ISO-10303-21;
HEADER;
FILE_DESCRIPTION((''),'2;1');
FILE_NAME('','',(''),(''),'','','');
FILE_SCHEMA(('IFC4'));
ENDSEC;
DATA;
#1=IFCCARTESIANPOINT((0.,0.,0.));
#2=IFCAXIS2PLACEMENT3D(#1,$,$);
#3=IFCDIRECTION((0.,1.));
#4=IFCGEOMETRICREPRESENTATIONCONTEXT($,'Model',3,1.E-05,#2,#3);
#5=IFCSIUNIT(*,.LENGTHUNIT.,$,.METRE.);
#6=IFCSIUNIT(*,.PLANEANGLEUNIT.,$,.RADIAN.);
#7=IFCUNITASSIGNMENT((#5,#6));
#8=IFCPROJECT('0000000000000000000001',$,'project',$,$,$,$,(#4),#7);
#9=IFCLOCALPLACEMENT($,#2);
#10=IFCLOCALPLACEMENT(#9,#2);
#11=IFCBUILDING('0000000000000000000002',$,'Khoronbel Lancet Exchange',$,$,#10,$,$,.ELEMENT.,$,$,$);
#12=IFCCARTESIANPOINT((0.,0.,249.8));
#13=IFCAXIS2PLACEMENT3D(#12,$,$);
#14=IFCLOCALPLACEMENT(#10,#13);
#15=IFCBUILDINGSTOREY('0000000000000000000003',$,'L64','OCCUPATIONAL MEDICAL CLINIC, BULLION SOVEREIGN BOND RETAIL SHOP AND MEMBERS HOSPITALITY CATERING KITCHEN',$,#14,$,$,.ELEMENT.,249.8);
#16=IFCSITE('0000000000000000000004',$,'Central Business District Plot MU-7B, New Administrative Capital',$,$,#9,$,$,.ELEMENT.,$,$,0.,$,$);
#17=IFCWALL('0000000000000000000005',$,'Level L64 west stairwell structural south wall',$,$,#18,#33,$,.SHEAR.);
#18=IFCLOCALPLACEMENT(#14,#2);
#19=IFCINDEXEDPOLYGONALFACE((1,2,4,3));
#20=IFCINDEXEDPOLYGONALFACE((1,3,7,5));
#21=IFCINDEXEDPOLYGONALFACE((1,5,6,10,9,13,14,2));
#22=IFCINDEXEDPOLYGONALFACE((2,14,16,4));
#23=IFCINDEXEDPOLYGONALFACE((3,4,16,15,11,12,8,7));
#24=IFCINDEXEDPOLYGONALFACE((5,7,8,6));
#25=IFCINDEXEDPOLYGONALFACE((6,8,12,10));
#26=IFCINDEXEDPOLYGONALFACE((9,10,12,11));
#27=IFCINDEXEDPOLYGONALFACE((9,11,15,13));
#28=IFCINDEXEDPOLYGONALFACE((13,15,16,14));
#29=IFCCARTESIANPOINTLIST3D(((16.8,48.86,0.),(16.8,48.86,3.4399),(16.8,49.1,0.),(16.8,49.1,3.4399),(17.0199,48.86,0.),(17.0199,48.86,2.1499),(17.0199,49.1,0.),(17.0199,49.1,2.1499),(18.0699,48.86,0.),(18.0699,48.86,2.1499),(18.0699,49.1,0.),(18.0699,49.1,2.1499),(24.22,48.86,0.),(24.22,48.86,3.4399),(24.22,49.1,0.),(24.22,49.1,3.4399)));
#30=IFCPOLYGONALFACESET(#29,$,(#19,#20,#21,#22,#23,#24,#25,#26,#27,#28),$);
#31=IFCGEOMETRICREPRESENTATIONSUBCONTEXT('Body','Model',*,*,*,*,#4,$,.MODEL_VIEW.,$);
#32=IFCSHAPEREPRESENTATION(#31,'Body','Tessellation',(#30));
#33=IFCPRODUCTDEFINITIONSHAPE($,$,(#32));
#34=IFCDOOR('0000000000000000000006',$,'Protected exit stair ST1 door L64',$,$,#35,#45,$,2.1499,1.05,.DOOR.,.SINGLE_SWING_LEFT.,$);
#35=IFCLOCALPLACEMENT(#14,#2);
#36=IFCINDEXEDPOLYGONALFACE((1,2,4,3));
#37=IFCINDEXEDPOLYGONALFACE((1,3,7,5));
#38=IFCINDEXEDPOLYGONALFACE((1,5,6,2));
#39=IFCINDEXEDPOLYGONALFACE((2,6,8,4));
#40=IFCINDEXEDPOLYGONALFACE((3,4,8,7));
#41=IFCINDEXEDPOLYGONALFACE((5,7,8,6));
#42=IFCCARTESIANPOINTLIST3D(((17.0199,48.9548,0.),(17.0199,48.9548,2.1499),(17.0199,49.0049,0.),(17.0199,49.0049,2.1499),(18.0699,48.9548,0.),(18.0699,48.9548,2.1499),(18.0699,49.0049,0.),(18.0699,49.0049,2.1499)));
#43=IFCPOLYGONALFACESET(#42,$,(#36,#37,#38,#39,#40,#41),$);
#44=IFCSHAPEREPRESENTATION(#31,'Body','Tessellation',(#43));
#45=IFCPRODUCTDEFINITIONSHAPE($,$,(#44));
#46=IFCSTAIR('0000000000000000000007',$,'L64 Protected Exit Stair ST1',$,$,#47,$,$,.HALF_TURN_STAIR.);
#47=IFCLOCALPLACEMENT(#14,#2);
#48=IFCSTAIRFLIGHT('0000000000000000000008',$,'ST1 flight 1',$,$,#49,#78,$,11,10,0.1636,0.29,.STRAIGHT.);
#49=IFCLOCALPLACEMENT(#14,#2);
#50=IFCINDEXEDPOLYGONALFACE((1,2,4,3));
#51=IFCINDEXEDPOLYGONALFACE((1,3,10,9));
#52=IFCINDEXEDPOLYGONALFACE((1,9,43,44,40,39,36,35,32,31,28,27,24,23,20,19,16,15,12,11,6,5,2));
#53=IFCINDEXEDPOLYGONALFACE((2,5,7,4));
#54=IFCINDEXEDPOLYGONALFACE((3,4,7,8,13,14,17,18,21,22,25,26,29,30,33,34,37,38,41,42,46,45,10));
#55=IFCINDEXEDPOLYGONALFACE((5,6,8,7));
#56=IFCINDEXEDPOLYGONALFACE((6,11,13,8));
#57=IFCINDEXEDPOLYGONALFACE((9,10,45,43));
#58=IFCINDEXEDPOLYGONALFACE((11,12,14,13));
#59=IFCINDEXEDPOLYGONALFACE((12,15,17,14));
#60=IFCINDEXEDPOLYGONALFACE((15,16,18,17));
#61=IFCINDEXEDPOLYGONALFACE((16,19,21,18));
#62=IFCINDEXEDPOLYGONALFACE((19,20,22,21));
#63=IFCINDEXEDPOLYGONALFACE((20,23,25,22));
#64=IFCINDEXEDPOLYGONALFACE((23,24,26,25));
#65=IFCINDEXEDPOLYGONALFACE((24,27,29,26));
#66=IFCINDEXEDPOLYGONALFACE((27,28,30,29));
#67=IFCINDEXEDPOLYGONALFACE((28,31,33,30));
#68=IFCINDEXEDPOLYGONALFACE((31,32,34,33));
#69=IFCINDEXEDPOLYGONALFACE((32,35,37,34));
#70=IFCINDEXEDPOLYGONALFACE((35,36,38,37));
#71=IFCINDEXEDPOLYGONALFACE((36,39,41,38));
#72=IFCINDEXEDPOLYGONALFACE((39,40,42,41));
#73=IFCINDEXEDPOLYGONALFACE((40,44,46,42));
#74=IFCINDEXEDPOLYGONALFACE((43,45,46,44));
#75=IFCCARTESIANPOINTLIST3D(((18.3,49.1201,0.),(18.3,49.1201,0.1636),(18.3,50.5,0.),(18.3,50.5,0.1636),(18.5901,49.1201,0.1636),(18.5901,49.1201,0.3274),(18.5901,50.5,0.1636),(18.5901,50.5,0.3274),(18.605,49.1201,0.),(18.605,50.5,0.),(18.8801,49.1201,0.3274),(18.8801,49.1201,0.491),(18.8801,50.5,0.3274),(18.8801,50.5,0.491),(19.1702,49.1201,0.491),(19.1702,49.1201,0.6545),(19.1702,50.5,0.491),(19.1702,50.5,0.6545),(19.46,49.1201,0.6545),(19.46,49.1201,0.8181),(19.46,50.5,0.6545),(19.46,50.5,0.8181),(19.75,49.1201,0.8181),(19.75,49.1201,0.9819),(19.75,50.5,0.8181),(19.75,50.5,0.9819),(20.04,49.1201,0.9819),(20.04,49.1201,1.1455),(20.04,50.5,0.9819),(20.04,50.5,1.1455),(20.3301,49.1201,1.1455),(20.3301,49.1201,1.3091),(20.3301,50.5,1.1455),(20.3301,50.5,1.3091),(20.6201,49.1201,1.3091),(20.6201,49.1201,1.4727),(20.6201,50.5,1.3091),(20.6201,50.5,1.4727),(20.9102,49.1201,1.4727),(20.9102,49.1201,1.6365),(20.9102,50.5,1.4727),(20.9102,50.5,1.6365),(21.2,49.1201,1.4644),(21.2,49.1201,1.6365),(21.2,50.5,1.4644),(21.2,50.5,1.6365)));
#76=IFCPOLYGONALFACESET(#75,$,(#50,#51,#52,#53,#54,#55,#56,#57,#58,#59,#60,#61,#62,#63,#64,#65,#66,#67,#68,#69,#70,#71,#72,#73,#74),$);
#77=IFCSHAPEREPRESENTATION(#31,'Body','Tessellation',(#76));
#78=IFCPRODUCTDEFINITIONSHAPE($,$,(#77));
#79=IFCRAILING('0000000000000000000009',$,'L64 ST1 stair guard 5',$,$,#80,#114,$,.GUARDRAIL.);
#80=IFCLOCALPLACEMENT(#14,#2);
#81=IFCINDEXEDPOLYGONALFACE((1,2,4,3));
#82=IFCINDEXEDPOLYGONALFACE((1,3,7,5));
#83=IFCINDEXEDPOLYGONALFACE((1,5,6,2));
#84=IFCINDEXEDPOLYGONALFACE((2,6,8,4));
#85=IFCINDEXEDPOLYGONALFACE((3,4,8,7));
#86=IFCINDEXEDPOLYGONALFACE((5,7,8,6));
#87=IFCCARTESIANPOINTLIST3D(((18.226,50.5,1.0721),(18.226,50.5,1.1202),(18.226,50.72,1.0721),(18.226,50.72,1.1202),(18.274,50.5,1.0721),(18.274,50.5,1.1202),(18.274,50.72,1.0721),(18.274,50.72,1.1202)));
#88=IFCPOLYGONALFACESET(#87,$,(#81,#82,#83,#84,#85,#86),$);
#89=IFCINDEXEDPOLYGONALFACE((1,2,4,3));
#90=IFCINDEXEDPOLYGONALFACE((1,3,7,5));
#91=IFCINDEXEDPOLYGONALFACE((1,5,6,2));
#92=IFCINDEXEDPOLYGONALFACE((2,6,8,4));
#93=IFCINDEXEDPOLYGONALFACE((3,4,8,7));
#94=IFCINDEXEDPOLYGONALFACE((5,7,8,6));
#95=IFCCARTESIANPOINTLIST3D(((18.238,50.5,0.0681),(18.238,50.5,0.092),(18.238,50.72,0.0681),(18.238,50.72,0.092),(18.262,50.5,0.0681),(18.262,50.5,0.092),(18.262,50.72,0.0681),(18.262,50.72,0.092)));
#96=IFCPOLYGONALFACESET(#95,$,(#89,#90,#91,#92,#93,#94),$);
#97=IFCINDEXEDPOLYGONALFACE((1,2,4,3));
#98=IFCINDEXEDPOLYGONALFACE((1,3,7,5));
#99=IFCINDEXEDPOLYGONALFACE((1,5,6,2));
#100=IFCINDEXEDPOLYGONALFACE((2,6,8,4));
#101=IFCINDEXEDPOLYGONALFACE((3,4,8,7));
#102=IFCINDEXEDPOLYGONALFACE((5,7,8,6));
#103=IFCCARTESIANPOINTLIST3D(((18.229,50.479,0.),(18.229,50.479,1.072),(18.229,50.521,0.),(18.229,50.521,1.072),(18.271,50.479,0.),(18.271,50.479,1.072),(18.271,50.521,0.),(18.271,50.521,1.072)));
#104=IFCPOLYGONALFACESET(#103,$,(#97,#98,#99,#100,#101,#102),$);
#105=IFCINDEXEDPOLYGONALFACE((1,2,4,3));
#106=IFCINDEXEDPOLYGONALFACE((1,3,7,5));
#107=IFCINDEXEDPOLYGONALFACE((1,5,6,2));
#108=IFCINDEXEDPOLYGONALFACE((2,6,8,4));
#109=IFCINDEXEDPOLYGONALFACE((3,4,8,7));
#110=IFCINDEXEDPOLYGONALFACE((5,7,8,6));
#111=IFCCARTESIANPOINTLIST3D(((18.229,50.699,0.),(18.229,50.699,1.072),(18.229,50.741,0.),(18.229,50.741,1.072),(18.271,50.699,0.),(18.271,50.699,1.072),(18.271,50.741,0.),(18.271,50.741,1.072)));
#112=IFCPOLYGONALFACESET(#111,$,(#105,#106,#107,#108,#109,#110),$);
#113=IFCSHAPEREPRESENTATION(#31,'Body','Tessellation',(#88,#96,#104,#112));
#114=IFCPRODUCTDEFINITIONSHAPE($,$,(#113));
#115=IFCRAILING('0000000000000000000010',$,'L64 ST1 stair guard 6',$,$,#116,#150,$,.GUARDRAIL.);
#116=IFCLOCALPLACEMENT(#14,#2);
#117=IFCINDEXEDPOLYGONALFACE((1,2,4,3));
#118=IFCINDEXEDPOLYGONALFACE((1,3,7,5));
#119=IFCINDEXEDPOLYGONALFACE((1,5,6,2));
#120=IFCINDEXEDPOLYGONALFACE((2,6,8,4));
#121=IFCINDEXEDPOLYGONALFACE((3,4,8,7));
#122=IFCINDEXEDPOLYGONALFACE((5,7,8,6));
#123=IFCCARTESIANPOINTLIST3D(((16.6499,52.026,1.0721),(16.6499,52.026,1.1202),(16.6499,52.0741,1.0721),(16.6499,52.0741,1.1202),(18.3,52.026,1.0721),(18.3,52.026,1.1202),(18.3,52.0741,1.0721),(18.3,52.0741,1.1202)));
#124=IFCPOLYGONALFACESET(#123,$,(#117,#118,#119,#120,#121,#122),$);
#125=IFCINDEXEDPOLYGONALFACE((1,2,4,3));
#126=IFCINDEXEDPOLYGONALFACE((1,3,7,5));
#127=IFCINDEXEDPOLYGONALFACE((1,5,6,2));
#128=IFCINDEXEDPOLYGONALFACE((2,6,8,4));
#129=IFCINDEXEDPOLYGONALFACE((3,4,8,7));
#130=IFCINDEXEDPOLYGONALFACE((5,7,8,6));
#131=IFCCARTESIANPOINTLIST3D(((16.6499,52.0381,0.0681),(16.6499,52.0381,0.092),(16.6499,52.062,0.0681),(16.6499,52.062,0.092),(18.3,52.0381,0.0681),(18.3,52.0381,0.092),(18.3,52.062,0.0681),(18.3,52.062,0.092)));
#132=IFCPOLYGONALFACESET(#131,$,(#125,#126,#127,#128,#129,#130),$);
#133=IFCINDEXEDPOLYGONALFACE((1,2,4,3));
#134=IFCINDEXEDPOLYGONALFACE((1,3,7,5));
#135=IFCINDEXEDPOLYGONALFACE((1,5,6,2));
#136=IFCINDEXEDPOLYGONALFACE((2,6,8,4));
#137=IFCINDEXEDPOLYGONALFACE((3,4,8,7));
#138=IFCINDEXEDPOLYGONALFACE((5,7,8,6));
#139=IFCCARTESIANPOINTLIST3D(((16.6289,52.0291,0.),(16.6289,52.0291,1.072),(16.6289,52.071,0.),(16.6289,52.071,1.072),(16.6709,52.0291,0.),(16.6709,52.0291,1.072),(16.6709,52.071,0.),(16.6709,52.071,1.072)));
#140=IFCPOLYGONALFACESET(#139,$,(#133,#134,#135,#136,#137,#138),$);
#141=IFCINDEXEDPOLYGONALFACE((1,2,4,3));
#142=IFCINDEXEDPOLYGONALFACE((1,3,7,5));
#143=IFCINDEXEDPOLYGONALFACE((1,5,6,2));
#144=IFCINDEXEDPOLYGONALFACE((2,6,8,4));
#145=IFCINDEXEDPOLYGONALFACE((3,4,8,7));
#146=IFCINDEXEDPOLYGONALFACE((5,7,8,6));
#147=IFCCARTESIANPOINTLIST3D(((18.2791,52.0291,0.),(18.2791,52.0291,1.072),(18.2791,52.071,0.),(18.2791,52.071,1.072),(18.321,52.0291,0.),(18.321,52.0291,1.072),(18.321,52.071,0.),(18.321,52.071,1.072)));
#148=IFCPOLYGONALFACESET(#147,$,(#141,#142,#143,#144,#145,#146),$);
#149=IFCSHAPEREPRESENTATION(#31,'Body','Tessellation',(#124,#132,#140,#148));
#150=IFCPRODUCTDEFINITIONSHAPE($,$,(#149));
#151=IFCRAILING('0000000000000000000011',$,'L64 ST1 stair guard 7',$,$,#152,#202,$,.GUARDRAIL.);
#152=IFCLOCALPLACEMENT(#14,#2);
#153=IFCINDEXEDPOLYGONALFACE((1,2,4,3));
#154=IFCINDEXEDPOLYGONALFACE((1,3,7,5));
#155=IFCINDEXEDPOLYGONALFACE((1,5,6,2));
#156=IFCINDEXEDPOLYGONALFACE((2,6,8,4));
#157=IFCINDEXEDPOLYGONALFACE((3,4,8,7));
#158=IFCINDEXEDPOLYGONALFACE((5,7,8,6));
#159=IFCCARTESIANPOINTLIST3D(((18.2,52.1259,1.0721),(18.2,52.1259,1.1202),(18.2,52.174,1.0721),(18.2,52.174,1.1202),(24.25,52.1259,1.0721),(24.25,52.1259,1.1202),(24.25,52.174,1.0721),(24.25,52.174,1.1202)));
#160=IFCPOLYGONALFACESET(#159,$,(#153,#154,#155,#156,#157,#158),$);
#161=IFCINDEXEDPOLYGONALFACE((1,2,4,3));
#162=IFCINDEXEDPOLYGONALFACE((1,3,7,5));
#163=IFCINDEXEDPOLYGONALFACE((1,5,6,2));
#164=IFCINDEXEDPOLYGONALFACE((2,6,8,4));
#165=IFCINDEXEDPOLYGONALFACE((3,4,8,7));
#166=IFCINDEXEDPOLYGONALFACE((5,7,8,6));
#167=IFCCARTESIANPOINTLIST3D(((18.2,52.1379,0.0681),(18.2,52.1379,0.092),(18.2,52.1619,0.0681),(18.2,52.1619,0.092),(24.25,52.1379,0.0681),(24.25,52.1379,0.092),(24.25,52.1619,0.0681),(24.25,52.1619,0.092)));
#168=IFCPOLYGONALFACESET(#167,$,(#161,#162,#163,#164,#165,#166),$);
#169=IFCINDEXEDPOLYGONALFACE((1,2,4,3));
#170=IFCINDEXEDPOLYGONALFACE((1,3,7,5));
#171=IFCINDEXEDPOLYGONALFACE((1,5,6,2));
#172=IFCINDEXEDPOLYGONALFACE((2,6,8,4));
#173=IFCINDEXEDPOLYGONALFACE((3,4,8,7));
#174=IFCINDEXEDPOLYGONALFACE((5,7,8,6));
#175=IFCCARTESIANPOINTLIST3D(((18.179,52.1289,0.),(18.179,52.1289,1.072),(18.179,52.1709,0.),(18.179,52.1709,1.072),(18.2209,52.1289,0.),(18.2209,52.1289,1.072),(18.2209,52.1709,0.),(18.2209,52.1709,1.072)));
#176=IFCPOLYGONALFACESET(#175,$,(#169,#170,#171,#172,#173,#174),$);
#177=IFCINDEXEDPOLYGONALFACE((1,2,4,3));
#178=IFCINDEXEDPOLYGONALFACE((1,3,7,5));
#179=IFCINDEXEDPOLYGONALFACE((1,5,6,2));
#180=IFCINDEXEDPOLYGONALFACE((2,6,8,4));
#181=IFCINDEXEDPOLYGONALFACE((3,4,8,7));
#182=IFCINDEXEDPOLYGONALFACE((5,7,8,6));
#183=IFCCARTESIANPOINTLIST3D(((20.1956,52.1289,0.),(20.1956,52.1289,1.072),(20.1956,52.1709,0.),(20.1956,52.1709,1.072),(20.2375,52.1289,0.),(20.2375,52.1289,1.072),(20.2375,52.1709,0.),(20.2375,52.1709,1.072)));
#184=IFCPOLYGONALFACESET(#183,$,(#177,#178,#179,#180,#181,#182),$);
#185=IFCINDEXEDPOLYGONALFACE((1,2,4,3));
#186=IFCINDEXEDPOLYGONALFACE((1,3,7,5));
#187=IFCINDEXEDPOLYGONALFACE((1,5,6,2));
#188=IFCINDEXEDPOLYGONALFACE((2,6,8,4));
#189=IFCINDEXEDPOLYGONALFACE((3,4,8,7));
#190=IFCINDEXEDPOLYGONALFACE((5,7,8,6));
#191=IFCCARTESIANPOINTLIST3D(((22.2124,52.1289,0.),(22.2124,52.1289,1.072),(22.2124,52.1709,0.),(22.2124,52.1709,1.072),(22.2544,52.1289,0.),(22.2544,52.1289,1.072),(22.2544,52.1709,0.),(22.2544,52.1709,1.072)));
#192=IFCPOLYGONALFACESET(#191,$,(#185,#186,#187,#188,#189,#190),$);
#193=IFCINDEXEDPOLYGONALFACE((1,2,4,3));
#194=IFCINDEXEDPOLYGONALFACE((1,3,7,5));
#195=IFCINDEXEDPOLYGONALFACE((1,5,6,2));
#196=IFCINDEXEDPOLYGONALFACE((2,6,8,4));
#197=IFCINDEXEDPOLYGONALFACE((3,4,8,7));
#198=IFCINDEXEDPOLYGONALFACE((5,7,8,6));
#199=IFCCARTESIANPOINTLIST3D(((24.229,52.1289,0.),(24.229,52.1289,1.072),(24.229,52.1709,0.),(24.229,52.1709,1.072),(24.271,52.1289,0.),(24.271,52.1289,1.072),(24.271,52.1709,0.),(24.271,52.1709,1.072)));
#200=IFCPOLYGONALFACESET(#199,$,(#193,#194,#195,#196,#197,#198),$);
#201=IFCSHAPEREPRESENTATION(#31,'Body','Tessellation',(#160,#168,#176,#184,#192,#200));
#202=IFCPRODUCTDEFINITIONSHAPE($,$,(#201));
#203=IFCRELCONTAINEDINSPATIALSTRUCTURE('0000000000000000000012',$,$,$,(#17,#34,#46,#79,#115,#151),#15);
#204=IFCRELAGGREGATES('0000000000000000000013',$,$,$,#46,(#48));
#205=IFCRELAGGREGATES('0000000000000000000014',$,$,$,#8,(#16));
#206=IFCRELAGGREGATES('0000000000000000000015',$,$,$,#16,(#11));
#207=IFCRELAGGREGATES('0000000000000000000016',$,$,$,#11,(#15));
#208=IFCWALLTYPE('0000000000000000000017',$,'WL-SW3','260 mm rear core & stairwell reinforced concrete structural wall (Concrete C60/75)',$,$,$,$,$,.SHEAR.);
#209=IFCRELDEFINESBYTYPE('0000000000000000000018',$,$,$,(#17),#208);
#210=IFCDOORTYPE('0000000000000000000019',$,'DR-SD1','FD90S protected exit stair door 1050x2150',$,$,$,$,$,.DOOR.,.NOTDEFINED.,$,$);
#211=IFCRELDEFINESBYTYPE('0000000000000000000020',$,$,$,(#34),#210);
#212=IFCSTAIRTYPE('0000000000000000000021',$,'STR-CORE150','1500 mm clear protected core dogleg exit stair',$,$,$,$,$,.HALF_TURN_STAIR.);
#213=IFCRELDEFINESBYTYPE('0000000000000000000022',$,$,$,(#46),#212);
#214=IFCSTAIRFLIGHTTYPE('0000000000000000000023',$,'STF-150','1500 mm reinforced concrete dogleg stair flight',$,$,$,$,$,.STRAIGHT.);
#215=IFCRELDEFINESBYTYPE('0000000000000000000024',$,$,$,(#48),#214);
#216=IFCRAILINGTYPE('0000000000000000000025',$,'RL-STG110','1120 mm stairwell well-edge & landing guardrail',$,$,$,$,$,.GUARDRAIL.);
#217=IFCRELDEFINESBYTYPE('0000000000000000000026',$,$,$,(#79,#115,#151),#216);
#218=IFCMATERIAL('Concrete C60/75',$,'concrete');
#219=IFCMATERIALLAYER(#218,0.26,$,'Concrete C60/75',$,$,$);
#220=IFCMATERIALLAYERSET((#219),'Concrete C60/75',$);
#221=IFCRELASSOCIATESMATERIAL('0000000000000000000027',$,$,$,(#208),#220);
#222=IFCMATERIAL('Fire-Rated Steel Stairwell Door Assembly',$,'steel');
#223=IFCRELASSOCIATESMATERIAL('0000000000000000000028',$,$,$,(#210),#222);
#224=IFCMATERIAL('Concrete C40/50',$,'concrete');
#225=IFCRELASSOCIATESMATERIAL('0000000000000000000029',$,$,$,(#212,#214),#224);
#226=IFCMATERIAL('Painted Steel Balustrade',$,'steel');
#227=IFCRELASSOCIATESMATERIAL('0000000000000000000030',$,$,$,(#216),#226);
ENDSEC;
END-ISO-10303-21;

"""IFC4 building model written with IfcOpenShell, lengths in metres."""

from ifc_helpers import new_model, si_unit, direction, frame, frame_2d, origin, origin_2d, place, context, subcontext, project, spatial, polyline, rectangle, outline, extrude, material, layer, layer_set, type_object, element, fill, aggregate, save


model = new_model("IFC4")

# Units and contexts
model_context = context("Model", 3, precision=1e-05, world=origin(), true_north=direction((0.0, 1.0)))
body_context = subcontext(model_context, "Body", "Model", "MODEL_VIEW")
ifc_project = project(units=[si_unit("LENGTHUNIT", "METRE"), si_unit("PLANEANGLEUNIT", "RADIAN")], contexts=[model_context])

# Site, building, storey
site_placement = place(None, origin())
site = spatial("IfcSite", under=ifc_project, at=site_placement, Name="Central Business District Plot MU-7B, New Administrative Capital", CompositionType="ELEMENT", RefElevation=0.0)
building_placement = place(site_placement, origin())
building = spatial("IfcBuilding", under=site, at=building_placement, Name="Khoronbel Lancet Exchange", CompositionType="ELEMENT")
storey_placement = place(building_placement, frame((0.0, 0.0, 249.8)))
storey = spatial("IfcBuildingStorey", under=building, at=storey_placement, Name="L64", Description="OCCUPATIONAL MEDICAL CLINIC, BULLION SOVEREIGN BOND RETAIL SHOP AND MEMBERS HOSPITALITY CATERING KITCHEN", CompositionType="ELEMENT", Elevation=249.8)

# Shared definitions
ifc_material_1 = material(Name="Concrete C60/75", Category="concrete")

# Wall, opening, door
ifc_layer_1 = layer(ifc_material_1, 0.26, Name="Concrete C60/75")
ifc_layer_set_1 = layer_set([ifc_layer_1], Name="Concrete C60/75")
wall_type_1 = type_object("IfcWallType", Name="WL-SW3", Description="260 mm rear core & stairwell reinforced concrete structural wall (Concrete C60/75)", PredefinedType="SHEAR", material=ifc_layer_set_1)
wall_1_placement = place(storey_placement, frame((16.8, 48.98, 0.0), z_axis=(0.0, 0.0, 1.0), x_axis=(1.0, 0.0, 0.0)))
wall_1 = element("IfcWall", 1, at=wall_1_placement, inside=storey, type_object=wall_type_1, Name="Level L64 west stairwell structural south wall", PredefinedType="SHEAR", context=body_context, shape_type="SweptSolid", body=[
    extrude(rectangle(XDim=7.4199, YDim=0.24, at=frame_2d((3.71, 0.0))), origin(), (0.0, 0.0, 1.0), 3.4399),
])
opening_placement = place(wall_1_placement, frame((0.22, 0.0, 0.0)))
opening = element("IfcOpeningElement", 2, at=opening_placement, cuts=wall_1, PredefinedType="OPENING", context=body_context, shape_type="SweptSolid", body=[
    extrude(rectangle(XDim=1.05, YDim=2.1499, at=frame_2d((0.5249, 1.075))), frame((0.0, 0.1299, 0.0), z_axis=(0.0, -1.0, 0.0), x_axis=(1.0, 0.0, 0.0)), (0.0, 0.0, 1.0), 0.26),
])
ifc_material_2 = material(Name="Fire-Rated Steel Stairwell Door Assembly", Category="steel")
door_type = type_object("IfcDoorType", Name="DR-SD1", Description="FD90S protected exit stair door 1050x2150", OperationType="NOTDEFINED", PredefinedType="DOOR", material=ifc_material_2)
door_placement = place(opening_placement, origin())
door = element("IfcDoor", 3, at=door_placement, inside=storey, type_object=door_type, Name="Protected exit stair ST1 door L64", OperationType="SINGLE_SWING_LEFT", OverallHeight=2.1499, OverallWidth=1.05, PredefinedType="DOOR", context=body_context, shape_type="SweptSolid", body=[
    extrude(rectangle(XDim=1.05, YDim=2.1499, at=frame_2d((0.5249, 1.075))), frame((0.0, 0.0249, 0.0), z_axis=(0.0, -1.0, 0.0), x_axis=(1.0, 0.0, 0.0)), (0.0, 0.0, 1.0), 0.05),
])
fill(opening, door)

# Stair, stair flight
ifc_material_3 = material(Name="Concrete C40/50", Category="concrete")
stair_type = type_object("IfcStairType", Name="STR-CORE150", Description="1500 mm clear protected core dogleg exit stair", PredefinedType="HALF_TURN_STAIR", material=ifc_material_3)
stair_placement = place(storey_placement, origin())
stair = element("IfcStair", 4, at=stair_placement, inside=storey, type_object=stair_type, Name="L64 Protected Exit Stair ST1", PredefinedType="HALF_TURN_STAIR")
stair_flight_type = type_object("IfcStairFlightType", Name="STF-150", Description="1500 mm reinforced concrete dogleg stair flight", PredefinedType="STRAIGHT", material=ifc_material_3)
stair_flight_placement = place(storey_placement, frame((18.3, 49.8101, 0.0), z_axis=(0.0, 0.0, 1.0), x_axis=(1.0, 0.0, 0.0)))
stair_flight = element("IfcStairFlight", 5, at=stair_flight_placement, type_object=stair_flight_type, Name="ST1 flight 1", NumberOfRisers=11, NumberOfTreads=10, PredefinedType="STRAIGHT", RiserHeight=0.1636, TreadLength=0.29, context=body_context, shape_type="SweptSolid", body=[
    extrude(outline(polyline([(0.0, 0.0), (0.0, 0.1636), (0.29, 0.1636), (0.29, 0.3274), (0.5801, 0.3274), (0.5801, 0.491), (0.8701, 0.491), (0.8701, 0.6545), (1.1599, 0.6545), (1.1599, 0.8181), (1.45, 0.8181), (1.45, 0.9819), (1.74, 0.9819), (1.74, 1.1455), (2.03, 1.1455), (2.03, 1.3091), (2.3201, 1.3091), (2.3201, 1.4727), (2.6101, 1.4727), (2.6101, 1.6365), (2.8999, 1.6365), (2.8999, 1.8), (2.8999, 1.4644), (0.3049, 0.0), (0.0, 0.0)])), frame((0.0, 0.6899, 0.0), z_axis=(0.0, -1.0, 0.0), x_axis=(1.0, 0.0, 0.0)), (0.0, 0.0, 1.0), 1.3799),
])
aggregate(stair, [stair_flight])

# Railings
ifc_material_4 = material(Name="Painted Steel Balustrade", Category="steel")
railing_type_1 = type_object("IfcRailingType", Name="RL-STG110", Description="1120 mm stairwell well-edge & landing guardrail", PredefinedType="GUARDRAIL", material=ifc_material_4)
railing_1_placement = place(storey_placement, frame((18.25, 50.5, 0.0)))
element("IfcRailing", 6, at=railing_1_placement, inside=storey, type_object=railing_type_1, Name="L64 ST1 stair guard 5", PredefinedType="GUARDRAIL", context=body_context, shape_type="SweptSolid", body=[
    extrude(rectangle(XDim=0.0481, YDim=0.0481, at=origin_2d()), frame((0.0, 0.0, 1.0962), z_axis=(0.0, 1.0, 0.0), x_axis=(-1.0, 0.0, 0.0)), (0.0, 0.0, 1.0), 0.22),
    extrude(rectangle(XDim=0.0239, YDim=0.0239, at=origin_2d()), frame((0.0, 0.0, 0.0801), z_axis=(0.0, 1.0, 0.0), x_axis=(-1.0, 0.0, 0.0)), (0.0, 0.0, 1.0), 0.22),
    extrude(rectangle(XDim=0.042, YDim=0.042, at=origin_2d()), origin(), (0.0, 0.0, 1.0), 1.072),
    extrude(rectangle(XDim=0.042, YDim=0.042, at=origin_2d()), frame((0.0, 0.22, 0.0)), (0.0, 0.0, 1.0), 1.072),
])
railing_2_placement = place(storey_placement, frame((16.6499, 52.05, 0.0)))
element("IfcRailing", 7, at=railing_2_placement, inside=storey, type_object=railing_type_1, Name="L64 ST1 stair guard 6", PredefinedType="GUARDRAIL", context=body_context, shape_type="SweptSolid", body=[
    extrude(rectangle(XDim=0.0481, YDim=0.0481, at=origin_2d()), frame((0.0, 0.0, 1.0962), z_axis=(1.0, 0.0, 0.0), x_axis=(0.0, 1.0, 0.0)), (0.0, 0.0, 1.0), 1.6501),
    extrude(rectangle(XDim=0.0239, YDim=0.0239, at=origin_2d()), frame((0.0, 0.0, 0.0801), z_axis=(1.0, 0.0, 0.0), x_axis=(0.0, 1.0, 0.0)), (0.0, 0.0, 1.0), 1.6501),
    extrude(rectangle(XDim=0.042, YDim=0.042, at=origin_2d()), origin(), (0.0, 0.0, 1.0), 1.072),
    extrude(rectangle(XDim=0.042, YDim=0.042, at=origin_2d()), frame((1.6501, 0.0, 0.0)), (0.0, 0.0, 1.0), 1.072),
])
railing_3_placement = place(storey_placement, frame((18.2, 52.1499, 0.0)))
element("IfcRailing", 8, at=railing_3_placement, inside=storey, type_object=railing_type_1, Name="L64 ST1 stair guard 7", PredefinedType="GUARDRAIL", context=body_context, shape_type="SweptSolid", body=[
    extrude(rectangle(XDim=0.0481, YDim=0.0481, at=origin_2d()), frame((0.0, 0.0, 1.0962), z_axis=(1.0, 0.0, 0.0), x_axis=(0.0, 1.0, 0.0)), (0.0, 0.0, 1.0), 6.05),
    extrude(rectangle(XDim=0.0239, YDim=0.0239, at=origin_2d()), frame((0.0, 0.0, 0.0801), z_axis=(1.0, 0.0, 0.0), x_axis=(0.0, 1.0, 0.0)), (0.0, 0.0, 1.0), 6.05),
    extrude(rectangle(XDim=0.042, YDim=0.042, at=origin_2d()), origin(), (0.0, 0.0, 1.0), 1.072),
    extrude(rectangle(XDim=0.042, YDim=0.042, at=origin_2d()), frame((2.0166, 0.0, 0.0)), (0.0, 0.0, 1.0), 1.072),
    extrude(rectangle(XDim=0.042, YDim=0.042, at=origin_2d()), frame((4.0334, 0.0, 0.0)), (0.0, 0.0, 1.0), 1.072),
    extrude(rectangle(XDim=0.042, YDim=0.042, at=origin_2d()), frame((6.05, 0.0, 0.0)), (0.0, 0.0, 1.0), 1.072),
])

save(model, "model.ifc")
